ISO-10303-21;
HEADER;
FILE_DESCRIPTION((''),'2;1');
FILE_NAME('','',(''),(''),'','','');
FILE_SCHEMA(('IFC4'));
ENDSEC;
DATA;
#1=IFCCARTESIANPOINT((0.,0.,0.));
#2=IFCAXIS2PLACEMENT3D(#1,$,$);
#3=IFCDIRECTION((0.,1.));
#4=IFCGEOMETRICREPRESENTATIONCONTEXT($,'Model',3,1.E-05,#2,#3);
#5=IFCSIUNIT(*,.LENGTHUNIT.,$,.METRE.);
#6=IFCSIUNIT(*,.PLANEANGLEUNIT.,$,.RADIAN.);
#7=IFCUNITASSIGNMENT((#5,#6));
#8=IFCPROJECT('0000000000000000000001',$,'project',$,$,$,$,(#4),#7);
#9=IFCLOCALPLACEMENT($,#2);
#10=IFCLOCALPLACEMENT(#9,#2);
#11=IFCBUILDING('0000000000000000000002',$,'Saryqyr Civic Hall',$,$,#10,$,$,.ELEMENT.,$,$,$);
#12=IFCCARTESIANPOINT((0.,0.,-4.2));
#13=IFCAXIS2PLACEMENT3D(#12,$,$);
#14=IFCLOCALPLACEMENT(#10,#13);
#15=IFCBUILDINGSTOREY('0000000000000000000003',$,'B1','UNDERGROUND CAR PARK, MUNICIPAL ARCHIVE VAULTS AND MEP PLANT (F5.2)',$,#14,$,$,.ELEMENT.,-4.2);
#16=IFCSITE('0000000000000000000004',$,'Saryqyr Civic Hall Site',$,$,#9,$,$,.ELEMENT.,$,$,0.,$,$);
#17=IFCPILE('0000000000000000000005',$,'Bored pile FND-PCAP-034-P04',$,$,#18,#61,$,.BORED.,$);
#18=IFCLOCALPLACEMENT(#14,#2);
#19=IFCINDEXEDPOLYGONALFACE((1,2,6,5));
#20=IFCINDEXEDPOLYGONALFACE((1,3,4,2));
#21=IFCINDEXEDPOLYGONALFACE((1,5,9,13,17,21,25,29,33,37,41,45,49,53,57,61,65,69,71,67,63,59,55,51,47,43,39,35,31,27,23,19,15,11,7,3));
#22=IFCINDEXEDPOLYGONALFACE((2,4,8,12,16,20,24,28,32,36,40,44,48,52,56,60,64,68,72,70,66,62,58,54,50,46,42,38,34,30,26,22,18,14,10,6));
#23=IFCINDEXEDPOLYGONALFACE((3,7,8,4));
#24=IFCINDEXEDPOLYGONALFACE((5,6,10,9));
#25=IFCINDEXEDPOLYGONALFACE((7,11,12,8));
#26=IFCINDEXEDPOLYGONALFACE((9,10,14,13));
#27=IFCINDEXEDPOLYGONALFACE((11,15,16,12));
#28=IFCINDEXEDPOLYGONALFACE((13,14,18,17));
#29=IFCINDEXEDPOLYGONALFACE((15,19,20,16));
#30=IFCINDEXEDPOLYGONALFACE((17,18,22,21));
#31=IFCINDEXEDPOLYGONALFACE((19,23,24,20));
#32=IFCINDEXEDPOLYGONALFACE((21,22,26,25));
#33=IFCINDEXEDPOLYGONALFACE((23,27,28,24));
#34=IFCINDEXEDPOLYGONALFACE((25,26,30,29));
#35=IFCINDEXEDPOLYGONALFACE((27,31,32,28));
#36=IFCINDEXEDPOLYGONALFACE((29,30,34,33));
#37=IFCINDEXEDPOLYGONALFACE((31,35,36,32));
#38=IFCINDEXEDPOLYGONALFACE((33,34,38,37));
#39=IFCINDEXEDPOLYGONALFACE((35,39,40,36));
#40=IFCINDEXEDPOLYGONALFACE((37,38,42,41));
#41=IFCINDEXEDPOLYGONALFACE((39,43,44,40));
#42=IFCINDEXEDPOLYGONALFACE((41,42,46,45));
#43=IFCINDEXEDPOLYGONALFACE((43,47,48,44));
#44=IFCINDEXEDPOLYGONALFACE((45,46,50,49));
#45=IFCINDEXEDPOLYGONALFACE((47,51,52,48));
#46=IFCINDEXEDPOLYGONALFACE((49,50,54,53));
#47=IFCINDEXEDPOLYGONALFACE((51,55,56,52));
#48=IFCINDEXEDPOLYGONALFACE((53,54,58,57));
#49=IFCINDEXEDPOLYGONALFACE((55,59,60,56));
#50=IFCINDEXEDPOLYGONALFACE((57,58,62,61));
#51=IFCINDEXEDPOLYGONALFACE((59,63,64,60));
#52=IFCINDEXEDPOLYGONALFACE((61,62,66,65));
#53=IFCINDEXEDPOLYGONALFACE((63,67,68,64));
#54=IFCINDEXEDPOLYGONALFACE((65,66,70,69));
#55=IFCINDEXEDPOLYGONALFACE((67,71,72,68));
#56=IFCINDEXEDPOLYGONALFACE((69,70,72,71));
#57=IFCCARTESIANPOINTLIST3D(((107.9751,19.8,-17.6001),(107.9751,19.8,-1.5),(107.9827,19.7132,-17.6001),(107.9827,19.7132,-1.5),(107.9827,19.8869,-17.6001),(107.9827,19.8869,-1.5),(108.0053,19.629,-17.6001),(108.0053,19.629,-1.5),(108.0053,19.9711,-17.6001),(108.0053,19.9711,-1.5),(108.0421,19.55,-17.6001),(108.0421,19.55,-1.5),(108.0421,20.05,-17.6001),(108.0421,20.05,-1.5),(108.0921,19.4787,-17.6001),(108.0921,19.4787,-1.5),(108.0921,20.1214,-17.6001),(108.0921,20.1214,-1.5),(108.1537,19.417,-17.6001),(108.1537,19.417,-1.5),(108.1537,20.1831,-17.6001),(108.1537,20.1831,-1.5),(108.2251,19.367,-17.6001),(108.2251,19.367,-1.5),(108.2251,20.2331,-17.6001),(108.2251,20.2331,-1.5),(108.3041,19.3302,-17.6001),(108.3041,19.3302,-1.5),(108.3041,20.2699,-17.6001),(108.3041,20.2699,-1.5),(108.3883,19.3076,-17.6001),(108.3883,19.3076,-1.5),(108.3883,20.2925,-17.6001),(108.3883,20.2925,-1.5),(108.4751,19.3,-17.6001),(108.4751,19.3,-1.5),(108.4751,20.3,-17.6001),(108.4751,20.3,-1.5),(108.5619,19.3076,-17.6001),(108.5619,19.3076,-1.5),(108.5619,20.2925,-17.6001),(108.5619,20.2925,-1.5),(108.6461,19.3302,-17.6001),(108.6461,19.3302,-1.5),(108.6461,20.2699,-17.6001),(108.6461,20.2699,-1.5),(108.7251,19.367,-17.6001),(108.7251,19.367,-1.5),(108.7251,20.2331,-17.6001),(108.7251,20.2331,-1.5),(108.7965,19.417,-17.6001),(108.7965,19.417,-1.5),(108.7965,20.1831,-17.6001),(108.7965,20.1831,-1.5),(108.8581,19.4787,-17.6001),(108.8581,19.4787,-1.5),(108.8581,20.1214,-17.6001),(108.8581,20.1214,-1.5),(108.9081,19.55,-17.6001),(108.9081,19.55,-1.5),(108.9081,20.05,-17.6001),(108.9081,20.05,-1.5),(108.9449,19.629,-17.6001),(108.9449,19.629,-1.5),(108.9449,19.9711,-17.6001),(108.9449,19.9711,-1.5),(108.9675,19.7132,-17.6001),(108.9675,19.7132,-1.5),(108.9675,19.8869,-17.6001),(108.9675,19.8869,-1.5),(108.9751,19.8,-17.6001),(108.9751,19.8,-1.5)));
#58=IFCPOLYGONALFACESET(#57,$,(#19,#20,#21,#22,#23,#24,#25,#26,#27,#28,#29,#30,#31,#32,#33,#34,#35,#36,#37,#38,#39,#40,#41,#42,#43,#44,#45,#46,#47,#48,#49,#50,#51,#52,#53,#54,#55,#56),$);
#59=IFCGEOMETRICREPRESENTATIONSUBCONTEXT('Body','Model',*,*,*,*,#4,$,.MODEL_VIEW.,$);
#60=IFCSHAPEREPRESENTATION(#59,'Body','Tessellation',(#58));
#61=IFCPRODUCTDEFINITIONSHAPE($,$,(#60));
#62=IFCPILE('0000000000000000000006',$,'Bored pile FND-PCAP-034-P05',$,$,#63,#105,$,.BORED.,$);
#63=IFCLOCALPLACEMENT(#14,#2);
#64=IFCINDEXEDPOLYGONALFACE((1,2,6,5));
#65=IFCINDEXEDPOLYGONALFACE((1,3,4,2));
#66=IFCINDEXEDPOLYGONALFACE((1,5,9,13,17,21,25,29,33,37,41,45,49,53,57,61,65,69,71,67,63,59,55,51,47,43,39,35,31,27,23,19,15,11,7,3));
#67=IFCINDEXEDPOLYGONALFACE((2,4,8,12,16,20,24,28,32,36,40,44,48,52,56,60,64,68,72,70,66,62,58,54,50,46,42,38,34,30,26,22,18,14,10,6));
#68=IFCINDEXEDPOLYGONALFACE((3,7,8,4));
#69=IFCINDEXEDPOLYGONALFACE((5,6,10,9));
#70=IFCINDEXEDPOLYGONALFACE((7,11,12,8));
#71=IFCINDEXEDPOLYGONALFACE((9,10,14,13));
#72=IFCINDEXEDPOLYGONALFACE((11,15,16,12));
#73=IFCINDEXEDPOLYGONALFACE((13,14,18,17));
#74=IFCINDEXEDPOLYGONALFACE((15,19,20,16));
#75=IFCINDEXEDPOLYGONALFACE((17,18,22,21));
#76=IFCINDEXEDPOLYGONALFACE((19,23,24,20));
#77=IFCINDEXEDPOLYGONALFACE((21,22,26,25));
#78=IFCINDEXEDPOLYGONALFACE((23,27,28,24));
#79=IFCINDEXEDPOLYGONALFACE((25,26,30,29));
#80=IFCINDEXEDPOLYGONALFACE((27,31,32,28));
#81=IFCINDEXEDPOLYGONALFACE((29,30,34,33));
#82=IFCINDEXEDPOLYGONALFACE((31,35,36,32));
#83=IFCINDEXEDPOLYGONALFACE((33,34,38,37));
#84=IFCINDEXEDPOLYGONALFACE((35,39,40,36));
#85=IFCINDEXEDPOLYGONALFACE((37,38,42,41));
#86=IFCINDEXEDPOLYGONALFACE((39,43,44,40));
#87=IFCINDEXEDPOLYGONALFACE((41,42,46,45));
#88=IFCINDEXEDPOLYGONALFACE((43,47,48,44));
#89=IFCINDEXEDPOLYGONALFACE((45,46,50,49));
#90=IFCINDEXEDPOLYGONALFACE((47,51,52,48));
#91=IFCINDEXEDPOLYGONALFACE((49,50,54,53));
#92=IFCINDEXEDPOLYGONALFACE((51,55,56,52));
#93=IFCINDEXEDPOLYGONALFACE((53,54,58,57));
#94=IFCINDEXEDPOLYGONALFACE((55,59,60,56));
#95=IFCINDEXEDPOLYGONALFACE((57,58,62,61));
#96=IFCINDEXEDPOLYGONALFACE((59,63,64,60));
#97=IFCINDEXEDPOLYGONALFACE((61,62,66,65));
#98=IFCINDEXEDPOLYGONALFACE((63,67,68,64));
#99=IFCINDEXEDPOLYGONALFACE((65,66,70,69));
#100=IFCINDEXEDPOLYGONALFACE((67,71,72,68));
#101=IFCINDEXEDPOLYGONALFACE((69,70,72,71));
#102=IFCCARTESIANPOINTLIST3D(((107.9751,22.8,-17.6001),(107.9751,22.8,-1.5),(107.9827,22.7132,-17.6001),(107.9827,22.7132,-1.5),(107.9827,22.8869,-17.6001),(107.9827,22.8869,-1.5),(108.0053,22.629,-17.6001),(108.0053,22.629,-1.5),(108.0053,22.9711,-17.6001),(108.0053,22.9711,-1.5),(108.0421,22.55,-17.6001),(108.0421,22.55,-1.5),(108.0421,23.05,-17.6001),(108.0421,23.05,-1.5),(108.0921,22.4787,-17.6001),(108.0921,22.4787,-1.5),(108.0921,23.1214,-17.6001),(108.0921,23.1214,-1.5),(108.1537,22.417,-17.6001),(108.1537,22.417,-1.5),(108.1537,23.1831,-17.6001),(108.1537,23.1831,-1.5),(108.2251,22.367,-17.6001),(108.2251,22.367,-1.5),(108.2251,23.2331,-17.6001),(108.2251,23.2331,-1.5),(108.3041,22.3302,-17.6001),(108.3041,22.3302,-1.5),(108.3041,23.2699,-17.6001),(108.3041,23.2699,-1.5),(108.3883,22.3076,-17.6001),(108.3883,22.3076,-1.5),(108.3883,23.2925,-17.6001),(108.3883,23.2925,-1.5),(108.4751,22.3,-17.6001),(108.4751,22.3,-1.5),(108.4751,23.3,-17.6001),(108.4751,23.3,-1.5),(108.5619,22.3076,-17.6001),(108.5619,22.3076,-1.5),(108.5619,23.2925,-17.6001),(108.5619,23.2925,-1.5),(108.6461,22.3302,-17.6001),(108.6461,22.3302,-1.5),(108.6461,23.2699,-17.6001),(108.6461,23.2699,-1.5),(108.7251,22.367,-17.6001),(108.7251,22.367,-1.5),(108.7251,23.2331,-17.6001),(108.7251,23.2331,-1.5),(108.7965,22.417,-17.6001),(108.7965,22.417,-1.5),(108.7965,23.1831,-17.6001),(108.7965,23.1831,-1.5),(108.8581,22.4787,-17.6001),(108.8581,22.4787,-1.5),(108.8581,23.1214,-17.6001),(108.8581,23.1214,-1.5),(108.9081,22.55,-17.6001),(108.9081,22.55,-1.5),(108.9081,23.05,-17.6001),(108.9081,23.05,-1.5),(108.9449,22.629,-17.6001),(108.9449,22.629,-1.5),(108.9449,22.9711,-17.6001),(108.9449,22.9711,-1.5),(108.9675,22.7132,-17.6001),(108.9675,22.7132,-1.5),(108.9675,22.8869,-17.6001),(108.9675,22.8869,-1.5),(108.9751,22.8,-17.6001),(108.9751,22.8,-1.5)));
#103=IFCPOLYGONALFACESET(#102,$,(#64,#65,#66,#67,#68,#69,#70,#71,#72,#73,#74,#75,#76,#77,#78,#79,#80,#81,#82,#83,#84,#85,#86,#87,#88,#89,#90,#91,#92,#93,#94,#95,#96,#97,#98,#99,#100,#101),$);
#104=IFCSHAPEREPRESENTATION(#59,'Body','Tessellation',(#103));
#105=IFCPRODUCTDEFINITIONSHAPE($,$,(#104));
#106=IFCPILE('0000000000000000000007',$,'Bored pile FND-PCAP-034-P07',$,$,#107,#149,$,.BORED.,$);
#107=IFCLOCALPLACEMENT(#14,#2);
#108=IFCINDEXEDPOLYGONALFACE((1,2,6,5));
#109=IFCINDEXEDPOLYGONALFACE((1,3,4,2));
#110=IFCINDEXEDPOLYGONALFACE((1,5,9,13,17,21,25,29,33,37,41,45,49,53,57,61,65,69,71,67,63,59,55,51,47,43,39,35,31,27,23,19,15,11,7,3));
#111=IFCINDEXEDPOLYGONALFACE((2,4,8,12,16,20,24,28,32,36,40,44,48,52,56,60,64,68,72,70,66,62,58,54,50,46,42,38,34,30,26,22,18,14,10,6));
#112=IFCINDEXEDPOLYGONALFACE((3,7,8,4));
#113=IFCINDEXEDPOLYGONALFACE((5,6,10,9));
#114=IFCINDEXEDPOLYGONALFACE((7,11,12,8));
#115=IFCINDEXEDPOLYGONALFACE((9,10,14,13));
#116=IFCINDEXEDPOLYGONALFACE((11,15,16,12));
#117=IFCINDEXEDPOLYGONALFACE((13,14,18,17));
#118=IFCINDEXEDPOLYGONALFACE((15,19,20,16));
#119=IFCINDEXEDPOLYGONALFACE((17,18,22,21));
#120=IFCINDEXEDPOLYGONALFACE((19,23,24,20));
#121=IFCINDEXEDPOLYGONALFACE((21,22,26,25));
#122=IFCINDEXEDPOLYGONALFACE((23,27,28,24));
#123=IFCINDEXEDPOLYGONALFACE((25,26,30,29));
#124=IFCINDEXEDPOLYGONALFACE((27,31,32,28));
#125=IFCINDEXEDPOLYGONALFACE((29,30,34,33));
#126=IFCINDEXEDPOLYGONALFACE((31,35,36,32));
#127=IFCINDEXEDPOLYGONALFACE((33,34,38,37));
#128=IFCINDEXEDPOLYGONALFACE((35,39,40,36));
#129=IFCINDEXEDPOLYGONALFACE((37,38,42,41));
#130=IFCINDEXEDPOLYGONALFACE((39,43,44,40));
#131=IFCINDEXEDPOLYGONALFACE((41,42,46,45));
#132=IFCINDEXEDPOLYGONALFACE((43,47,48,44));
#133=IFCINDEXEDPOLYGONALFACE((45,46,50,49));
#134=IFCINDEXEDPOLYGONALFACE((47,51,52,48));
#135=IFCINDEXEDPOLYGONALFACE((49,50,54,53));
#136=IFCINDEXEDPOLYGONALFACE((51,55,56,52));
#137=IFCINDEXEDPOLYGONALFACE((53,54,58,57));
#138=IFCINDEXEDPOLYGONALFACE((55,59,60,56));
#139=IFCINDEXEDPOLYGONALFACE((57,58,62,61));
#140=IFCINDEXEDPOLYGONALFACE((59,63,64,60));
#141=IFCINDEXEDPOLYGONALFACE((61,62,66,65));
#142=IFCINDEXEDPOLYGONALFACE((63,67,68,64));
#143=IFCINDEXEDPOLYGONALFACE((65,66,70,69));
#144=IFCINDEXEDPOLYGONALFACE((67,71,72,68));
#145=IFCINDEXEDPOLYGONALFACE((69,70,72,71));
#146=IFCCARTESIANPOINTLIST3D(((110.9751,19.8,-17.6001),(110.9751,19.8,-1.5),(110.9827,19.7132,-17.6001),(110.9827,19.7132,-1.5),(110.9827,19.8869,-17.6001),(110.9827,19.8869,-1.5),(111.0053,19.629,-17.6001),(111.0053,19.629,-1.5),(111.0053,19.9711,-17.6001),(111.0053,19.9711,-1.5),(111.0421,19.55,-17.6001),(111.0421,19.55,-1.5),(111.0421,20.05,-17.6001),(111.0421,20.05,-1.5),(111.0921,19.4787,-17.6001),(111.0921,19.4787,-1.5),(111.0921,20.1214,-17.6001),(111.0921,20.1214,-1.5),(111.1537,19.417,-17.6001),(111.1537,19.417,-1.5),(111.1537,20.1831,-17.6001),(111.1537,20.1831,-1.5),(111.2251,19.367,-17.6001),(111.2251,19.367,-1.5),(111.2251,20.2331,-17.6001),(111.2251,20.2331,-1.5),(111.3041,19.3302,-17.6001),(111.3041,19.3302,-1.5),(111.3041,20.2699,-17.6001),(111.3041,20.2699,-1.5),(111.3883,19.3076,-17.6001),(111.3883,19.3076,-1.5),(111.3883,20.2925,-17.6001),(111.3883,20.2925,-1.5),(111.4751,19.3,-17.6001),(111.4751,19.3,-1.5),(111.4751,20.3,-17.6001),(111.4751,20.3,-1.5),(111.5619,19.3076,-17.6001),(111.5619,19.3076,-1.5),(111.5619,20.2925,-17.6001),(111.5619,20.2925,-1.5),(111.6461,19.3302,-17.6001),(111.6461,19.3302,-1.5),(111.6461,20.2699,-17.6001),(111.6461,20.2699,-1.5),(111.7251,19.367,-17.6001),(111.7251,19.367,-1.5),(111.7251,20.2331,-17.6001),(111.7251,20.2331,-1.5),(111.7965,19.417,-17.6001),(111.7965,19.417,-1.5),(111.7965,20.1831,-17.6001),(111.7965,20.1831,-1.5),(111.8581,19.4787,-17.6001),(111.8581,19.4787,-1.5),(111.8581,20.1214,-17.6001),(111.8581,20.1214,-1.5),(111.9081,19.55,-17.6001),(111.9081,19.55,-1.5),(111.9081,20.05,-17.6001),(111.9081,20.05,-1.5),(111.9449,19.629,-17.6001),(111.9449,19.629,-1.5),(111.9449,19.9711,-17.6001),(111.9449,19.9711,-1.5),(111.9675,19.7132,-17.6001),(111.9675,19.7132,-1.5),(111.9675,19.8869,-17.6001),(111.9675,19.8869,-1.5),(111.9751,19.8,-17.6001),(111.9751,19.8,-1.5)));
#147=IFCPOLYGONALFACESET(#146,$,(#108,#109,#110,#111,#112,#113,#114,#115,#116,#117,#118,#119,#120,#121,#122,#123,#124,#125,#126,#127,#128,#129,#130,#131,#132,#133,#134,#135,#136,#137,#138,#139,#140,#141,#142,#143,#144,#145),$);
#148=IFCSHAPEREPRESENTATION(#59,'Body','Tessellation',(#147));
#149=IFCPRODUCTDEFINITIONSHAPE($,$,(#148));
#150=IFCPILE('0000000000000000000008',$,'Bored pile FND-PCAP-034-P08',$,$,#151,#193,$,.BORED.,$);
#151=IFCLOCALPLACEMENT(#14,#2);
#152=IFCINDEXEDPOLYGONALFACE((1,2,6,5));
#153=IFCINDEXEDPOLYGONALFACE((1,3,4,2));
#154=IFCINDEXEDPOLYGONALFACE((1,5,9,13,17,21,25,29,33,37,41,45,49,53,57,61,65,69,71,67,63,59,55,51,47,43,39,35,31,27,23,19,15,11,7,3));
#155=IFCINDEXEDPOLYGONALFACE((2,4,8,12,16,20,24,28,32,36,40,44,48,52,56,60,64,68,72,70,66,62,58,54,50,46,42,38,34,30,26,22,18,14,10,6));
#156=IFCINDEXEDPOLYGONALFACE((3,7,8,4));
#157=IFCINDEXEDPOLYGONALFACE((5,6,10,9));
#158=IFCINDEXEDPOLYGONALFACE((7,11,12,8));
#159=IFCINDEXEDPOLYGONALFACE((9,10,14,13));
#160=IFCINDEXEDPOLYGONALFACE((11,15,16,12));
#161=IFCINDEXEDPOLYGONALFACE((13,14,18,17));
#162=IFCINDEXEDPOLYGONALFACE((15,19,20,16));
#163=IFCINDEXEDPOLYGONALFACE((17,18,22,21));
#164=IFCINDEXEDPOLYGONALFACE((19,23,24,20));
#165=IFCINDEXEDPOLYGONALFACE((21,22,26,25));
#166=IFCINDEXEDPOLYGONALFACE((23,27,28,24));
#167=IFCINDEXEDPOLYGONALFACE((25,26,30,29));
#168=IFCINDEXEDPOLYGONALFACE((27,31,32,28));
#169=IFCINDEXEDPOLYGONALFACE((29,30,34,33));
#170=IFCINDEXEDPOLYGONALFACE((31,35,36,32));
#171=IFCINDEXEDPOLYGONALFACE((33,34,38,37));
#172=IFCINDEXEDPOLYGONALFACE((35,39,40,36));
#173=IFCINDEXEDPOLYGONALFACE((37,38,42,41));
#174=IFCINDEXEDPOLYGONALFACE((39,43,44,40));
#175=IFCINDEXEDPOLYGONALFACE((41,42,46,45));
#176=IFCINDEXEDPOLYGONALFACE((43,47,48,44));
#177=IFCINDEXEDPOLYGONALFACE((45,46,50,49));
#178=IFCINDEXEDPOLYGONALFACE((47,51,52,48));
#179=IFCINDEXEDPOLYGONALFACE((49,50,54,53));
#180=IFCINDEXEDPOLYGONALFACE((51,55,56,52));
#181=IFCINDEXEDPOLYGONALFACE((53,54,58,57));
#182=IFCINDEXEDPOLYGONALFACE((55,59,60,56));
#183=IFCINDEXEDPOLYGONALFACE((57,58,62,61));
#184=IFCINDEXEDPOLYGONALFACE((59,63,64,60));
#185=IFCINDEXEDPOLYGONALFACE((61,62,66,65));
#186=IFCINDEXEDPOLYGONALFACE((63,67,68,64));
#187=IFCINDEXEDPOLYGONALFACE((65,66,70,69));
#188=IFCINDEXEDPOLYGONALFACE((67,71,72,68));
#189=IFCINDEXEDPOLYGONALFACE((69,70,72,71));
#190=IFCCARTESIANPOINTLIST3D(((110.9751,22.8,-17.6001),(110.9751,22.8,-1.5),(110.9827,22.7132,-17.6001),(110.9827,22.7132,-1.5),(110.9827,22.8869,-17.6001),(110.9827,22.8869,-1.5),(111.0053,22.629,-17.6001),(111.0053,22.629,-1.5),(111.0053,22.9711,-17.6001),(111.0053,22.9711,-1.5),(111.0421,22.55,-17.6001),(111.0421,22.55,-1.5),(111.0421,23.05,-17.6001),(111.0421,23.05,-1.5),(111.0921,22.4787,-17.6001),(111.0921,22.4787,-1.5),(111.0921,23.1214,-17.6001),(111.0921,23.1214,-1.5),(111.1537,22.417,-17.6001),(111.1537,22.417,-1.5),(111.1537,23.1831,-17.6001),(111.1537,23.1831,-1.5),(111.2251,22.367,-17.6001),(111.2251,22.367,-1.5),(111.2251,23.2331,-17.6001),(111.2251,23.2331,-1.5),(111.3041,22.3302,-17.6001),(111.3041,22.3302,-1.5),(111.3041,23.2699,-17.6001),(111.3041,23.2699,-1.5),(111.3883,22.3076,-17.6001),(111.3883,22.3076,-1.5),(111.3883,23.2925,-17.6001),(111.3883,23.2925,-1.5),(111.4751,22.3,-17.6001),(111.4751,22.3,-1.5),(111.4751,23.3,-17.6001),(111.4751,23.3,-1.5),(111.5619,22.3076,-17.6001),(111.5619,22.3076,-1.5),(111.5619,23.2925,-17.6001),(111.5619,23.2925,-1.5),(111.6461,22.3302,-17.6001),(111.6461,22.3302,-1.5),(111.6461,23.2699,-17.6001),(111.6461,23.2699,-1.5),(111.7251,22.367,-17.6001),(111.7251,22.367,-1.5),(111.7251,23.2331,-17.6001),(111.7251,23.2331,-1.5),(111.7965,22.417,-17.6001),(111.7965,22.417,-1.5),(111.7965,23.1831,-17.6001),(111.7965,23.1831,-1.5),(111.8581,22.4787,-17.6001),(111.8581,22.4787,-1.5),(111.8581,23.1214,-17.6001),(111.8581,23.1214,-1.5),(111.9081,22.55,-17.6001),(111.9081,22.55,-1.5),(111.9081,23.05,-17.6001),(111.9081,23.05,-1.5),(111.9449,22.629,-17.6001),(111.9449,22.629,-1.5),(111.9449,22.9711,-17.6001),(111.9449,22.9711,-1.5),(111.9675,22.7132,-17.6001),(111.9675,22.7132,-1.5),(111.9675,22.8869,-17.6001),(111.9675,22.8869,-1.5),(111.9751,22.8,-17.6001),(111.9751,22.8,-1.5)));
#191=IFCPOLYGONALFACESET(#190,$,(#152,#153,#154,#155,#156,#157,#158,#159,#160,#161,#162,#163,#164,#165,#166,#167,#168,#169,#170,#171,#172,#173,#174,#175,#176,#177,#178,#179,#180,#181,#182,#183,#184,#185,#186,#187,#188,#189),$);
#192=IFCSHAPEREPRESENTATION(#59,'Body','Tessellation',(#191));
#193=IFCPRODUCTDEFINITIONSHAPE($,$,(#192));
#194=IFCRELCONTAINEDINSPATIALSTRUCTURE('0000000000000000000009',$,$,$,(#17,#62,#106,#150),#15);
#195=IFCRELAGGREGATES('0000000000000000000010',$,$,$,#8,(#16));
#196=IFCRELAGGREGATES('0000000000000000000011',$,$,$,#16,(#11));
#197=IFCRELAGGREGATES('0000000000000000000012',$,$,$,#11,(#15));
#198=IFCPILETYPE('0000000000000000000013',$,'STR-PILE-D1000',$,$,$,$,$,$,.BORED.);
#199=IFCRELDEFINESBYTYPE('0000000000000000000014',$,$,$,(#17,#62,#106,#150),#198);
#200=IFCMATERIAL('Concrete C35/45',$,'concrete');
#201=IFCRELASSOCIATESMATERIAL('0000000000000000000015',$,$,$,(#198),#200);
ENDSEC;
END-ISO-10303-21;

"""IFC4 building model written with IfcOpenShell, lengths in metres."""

from ifc_helpers import new_model, si_unit, direction, frame, origin, origin_2d, place, context, subcontext, project, spatial, circle, extrude, material, material_profile, profile_set, type_object, element, save


model = new_model("IFC4")

# Units and contexts
model_context = context("Model", 3, precision=1e-05, world=origin(), true_north=direction((0.0, 1.0)))
body_context = subcontext(model_context, "Body", "Model", "MODEL_VIEW")
ifc_project = project(units=[si_unit("LENGTHUNIT", "METRE"), si_unit("PLANEANGLEUNIT", "RADIAN")], contexts=[model_context])

# Site, building, storey
site_placement = place(None, origin())
site = spatial("IfcSite", under=ifc_project, at=site_placement, Name="Saryqyr Civic Hall Site", CompositionType="ELEMENT", RefElevation=0.0)
building_placement = place(site_placement, origin())
building = spatial("IfcBuilding", under=site, at=building_placement, Name="Saryqyr Civic Hall", CompositionType="ELEMENT")
storey_placement = place(building_placement, frame((0.0, 0.0, -4.2)))
storey = spatial("IfcBuildingStorey", under=building, at=storey_placement, Name="B1", Description="UNDERGROUND CAR PARK, MUNICIPAL ARCHIVE VAULTS AND MEP PLANT (F5.2)", CompositionType="ELEMENT", Elevation=-4.2)

# Shared definitions
ifc_material_1 = material(Name="Concrete C35/45", Category="concrete")

# Piles
ifc_material_profile_1 = material_profile(ifc_material_1, circle(Radius=0.5, at=origin_2d()), Name="BORED PILE D1000")
ifc_profile_set_1 = profile_set([ifc_material_profile_1], Name="Concrete C35/45")
pile_type_1 = type_object("IfcPileType", Name="STR-PILE-D1000", PredefinedType="BORED", material=ifc_profile_set_1)
for number, where, z_axis, x_axis, name in (
    (1, (108.4751, 19.8, -1.5), (0.0, 0.0, -1.0), (1.0, 0.0, 0.0), "Bored pile FND-PCAP-034-P04"),
    (2, (108.4751, 22.8, -1.5), (0.0, 0.0, -1.0), (1.0, 0.0, 0.0), "Bored pile FND-PCAP-034-P05"),
    (3, (111.4751, 19.8, -1.5), (0.0, 0.0, -1.0), (1.0, 0.0, 0.0), "Bored pile FND-PCAP-034-P07"),
    (4, (111.4751, 22.8, -1.5), (0.0, 0.0, -1.0), (1.0, 0.0, 0.0), "Bored pile FND-PCAP-034-P08"),
):
    element("IfcPile", number, at=place(storey_placement, frame(where, z_axis=z_axis, x_axis=x_axis)), inside=storey, type_object=pile_type_1, Name=name, PredefinedType="BORED", context=body_context, shape_type="SweptSolid", body=[
        extrude(circle(Radius=0.5, at=origin_2d()), origin(), (0.0, 0.0, 1.0), 16.1001),
    ])

save(model, "model.ifc")
